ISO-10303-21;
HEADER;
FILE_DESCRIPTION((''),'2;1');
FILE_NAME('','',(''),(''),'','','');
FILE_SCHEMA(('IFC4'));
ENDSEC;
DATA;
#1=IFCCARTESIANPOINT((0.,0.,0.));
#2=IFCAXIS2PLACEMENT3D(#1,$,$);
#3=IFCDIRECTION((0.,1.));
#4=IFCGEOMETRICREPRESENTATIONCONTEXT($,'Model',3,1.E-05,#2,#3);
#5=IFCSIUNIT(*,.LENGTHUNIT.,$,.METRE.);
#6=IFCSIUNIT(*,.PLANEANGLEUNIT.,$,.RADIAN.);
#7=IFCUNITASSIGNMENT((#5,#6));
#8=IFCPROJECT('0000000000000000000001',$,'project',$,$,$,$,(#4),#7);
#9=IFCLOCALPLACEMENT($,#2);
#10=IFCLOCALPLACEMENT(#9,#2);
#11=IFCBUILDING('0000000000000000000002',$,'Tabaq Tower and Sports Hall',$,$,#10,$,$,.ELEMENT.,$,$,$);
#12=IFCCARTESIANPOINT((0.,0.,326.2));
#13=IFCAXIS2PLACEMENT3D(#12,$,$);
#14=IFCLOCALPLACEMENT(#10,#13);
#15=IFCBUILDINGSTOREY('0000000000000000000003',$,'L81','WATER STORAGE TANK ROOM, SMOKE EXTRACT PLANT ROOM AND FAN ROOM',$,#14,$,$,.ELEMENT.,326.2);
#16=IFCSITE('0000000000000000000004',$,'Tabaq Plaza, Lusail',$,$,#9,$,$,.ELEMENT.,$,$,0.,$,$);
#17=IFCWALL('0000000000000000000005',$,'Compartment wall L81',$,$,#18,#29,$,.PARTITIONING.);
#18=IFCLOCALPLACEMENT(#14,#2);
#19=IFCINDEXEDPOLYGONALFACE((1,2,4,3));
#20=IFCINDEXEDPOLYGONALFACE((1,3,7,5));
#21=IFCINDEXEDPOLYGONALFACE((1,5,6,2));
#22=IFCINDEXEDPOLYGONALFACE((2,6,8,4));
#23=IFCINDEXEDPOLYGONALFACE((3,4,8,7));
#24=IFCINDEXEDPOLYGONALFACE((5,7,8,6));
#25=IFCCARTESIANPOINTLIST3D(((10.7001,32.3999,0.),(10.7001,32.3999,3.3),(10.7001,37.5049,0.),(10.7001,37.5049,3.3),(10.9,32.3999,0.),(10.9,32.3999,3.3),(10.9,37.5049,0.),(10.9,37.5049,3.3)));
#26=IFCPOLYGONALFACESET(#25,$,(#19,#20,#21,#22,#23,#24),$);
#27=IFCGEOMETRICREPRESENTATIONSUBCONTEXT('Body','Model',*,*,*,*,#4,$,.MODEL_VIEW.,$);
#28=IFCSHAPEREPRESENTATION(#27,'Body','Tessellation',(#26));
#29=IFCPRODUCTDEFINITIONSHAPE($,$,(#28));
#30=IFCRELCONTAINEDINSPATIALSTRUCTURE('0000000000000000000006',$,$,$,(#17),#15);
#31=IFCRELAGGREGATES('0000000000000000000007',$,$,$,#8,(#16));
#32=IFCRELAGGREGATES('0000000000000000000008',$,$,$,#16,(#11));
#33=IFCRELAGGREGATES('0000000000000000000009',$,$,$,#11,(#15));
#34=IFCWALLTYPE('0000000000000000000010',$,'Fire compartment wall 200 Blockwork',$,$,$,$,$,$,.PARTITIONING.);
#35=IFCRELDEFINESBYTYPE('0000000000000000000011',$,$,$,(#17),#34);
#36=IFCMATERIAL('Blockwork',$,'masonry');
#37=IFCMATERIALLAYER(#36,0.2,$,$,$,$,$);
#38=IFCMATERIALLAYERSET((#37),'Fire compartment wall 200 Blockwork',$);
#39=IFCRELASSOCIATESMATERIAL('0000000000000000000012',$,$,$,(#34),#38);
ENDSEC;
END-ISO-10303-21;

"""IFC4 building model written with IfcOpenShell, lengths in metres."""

from ifc_helpers import new_model, si_unit, direction, frame, frame_2d, origin, place, context, subcontext, project, spatial, rectangle, extrude, material, layer, layer_set, type_object, element, save


model = new_model("IFC4")

# Units and contexts
model_context = context("Model", 3, precision=1e-05, world=origin(), true_north=direction((0.0, 1.0)))
body_context = subcontext(model_context, "Body", "Model", "MODEL_VIEW")
ifc_project = project(units=[si_unit("LENGTHUNIT", "METRE"), si_unit("PLANEANGLEUNIT", "RADIAN")], contexts=[model_context])

# Site, building, storey
site_placement = place(None, origin())
site = spatial("IfcSite", under=ifc_project, at=site_placement, Name="Tabaq Plaza, Lusail", CompositionType="ELEMENT", RefElevation=0.0)
building_placement = place(site_placement, origin())
building = spatial("IfcBuilding", under=site, at=building_placement, Name="Tabaq Tower and Sports Hall", CompositionType="ELEMENT")
storey_placement = place(building_placement, frame((0.0, 0.0, 326.2)))
storey = spatial("IfcBuildingStorey", under=building, at=storey_placement, Name="L81", Description="WATER STORAGE TANK ROOM, SMOKE EXTRACT PLANT ROOM AND FAN ROOM", CompositionType="ELEMENT", Elevation=326.2)

# Shared definitions
ifc_material_1 = material(Name="Blockwork", Category="masonry")
ifc_layer_1 = layer(ifc_material_1, 0.2)
ifc_layer_set_1 = layer_set([ifc_layer_1], Name="Fire compartment wall 200 Blockwork")
wall_type = type_object("IfcWallType", Name="Fire compartment wall 200 Blockwork", PredefinedType="PARTITIONING", material=ifc_layer_set_1)

# Wall
wall_1_placement = place(storey_placement, frame((10.8, 37.5049, 0.0), z_axis=(0.0, 0.0, 1.0), x_axis=(0.0, -1.0, 0.0)))
element("IfcWall", 1, at=wall_1_placement, inside=storey, type_object=wall_type, Name="Compartment wall L81", PredefinedType="PARTITIONING", context=body_context, shape_type="SweptSolid", body=[
    extrude(rectangle(XDim=5.105, YDim=0.2, at=frame_2d((2.5525, 0.0))), origin(), (0.0, 0.0, 1.0), 3.3),
])

save(model, "model.ifc")
